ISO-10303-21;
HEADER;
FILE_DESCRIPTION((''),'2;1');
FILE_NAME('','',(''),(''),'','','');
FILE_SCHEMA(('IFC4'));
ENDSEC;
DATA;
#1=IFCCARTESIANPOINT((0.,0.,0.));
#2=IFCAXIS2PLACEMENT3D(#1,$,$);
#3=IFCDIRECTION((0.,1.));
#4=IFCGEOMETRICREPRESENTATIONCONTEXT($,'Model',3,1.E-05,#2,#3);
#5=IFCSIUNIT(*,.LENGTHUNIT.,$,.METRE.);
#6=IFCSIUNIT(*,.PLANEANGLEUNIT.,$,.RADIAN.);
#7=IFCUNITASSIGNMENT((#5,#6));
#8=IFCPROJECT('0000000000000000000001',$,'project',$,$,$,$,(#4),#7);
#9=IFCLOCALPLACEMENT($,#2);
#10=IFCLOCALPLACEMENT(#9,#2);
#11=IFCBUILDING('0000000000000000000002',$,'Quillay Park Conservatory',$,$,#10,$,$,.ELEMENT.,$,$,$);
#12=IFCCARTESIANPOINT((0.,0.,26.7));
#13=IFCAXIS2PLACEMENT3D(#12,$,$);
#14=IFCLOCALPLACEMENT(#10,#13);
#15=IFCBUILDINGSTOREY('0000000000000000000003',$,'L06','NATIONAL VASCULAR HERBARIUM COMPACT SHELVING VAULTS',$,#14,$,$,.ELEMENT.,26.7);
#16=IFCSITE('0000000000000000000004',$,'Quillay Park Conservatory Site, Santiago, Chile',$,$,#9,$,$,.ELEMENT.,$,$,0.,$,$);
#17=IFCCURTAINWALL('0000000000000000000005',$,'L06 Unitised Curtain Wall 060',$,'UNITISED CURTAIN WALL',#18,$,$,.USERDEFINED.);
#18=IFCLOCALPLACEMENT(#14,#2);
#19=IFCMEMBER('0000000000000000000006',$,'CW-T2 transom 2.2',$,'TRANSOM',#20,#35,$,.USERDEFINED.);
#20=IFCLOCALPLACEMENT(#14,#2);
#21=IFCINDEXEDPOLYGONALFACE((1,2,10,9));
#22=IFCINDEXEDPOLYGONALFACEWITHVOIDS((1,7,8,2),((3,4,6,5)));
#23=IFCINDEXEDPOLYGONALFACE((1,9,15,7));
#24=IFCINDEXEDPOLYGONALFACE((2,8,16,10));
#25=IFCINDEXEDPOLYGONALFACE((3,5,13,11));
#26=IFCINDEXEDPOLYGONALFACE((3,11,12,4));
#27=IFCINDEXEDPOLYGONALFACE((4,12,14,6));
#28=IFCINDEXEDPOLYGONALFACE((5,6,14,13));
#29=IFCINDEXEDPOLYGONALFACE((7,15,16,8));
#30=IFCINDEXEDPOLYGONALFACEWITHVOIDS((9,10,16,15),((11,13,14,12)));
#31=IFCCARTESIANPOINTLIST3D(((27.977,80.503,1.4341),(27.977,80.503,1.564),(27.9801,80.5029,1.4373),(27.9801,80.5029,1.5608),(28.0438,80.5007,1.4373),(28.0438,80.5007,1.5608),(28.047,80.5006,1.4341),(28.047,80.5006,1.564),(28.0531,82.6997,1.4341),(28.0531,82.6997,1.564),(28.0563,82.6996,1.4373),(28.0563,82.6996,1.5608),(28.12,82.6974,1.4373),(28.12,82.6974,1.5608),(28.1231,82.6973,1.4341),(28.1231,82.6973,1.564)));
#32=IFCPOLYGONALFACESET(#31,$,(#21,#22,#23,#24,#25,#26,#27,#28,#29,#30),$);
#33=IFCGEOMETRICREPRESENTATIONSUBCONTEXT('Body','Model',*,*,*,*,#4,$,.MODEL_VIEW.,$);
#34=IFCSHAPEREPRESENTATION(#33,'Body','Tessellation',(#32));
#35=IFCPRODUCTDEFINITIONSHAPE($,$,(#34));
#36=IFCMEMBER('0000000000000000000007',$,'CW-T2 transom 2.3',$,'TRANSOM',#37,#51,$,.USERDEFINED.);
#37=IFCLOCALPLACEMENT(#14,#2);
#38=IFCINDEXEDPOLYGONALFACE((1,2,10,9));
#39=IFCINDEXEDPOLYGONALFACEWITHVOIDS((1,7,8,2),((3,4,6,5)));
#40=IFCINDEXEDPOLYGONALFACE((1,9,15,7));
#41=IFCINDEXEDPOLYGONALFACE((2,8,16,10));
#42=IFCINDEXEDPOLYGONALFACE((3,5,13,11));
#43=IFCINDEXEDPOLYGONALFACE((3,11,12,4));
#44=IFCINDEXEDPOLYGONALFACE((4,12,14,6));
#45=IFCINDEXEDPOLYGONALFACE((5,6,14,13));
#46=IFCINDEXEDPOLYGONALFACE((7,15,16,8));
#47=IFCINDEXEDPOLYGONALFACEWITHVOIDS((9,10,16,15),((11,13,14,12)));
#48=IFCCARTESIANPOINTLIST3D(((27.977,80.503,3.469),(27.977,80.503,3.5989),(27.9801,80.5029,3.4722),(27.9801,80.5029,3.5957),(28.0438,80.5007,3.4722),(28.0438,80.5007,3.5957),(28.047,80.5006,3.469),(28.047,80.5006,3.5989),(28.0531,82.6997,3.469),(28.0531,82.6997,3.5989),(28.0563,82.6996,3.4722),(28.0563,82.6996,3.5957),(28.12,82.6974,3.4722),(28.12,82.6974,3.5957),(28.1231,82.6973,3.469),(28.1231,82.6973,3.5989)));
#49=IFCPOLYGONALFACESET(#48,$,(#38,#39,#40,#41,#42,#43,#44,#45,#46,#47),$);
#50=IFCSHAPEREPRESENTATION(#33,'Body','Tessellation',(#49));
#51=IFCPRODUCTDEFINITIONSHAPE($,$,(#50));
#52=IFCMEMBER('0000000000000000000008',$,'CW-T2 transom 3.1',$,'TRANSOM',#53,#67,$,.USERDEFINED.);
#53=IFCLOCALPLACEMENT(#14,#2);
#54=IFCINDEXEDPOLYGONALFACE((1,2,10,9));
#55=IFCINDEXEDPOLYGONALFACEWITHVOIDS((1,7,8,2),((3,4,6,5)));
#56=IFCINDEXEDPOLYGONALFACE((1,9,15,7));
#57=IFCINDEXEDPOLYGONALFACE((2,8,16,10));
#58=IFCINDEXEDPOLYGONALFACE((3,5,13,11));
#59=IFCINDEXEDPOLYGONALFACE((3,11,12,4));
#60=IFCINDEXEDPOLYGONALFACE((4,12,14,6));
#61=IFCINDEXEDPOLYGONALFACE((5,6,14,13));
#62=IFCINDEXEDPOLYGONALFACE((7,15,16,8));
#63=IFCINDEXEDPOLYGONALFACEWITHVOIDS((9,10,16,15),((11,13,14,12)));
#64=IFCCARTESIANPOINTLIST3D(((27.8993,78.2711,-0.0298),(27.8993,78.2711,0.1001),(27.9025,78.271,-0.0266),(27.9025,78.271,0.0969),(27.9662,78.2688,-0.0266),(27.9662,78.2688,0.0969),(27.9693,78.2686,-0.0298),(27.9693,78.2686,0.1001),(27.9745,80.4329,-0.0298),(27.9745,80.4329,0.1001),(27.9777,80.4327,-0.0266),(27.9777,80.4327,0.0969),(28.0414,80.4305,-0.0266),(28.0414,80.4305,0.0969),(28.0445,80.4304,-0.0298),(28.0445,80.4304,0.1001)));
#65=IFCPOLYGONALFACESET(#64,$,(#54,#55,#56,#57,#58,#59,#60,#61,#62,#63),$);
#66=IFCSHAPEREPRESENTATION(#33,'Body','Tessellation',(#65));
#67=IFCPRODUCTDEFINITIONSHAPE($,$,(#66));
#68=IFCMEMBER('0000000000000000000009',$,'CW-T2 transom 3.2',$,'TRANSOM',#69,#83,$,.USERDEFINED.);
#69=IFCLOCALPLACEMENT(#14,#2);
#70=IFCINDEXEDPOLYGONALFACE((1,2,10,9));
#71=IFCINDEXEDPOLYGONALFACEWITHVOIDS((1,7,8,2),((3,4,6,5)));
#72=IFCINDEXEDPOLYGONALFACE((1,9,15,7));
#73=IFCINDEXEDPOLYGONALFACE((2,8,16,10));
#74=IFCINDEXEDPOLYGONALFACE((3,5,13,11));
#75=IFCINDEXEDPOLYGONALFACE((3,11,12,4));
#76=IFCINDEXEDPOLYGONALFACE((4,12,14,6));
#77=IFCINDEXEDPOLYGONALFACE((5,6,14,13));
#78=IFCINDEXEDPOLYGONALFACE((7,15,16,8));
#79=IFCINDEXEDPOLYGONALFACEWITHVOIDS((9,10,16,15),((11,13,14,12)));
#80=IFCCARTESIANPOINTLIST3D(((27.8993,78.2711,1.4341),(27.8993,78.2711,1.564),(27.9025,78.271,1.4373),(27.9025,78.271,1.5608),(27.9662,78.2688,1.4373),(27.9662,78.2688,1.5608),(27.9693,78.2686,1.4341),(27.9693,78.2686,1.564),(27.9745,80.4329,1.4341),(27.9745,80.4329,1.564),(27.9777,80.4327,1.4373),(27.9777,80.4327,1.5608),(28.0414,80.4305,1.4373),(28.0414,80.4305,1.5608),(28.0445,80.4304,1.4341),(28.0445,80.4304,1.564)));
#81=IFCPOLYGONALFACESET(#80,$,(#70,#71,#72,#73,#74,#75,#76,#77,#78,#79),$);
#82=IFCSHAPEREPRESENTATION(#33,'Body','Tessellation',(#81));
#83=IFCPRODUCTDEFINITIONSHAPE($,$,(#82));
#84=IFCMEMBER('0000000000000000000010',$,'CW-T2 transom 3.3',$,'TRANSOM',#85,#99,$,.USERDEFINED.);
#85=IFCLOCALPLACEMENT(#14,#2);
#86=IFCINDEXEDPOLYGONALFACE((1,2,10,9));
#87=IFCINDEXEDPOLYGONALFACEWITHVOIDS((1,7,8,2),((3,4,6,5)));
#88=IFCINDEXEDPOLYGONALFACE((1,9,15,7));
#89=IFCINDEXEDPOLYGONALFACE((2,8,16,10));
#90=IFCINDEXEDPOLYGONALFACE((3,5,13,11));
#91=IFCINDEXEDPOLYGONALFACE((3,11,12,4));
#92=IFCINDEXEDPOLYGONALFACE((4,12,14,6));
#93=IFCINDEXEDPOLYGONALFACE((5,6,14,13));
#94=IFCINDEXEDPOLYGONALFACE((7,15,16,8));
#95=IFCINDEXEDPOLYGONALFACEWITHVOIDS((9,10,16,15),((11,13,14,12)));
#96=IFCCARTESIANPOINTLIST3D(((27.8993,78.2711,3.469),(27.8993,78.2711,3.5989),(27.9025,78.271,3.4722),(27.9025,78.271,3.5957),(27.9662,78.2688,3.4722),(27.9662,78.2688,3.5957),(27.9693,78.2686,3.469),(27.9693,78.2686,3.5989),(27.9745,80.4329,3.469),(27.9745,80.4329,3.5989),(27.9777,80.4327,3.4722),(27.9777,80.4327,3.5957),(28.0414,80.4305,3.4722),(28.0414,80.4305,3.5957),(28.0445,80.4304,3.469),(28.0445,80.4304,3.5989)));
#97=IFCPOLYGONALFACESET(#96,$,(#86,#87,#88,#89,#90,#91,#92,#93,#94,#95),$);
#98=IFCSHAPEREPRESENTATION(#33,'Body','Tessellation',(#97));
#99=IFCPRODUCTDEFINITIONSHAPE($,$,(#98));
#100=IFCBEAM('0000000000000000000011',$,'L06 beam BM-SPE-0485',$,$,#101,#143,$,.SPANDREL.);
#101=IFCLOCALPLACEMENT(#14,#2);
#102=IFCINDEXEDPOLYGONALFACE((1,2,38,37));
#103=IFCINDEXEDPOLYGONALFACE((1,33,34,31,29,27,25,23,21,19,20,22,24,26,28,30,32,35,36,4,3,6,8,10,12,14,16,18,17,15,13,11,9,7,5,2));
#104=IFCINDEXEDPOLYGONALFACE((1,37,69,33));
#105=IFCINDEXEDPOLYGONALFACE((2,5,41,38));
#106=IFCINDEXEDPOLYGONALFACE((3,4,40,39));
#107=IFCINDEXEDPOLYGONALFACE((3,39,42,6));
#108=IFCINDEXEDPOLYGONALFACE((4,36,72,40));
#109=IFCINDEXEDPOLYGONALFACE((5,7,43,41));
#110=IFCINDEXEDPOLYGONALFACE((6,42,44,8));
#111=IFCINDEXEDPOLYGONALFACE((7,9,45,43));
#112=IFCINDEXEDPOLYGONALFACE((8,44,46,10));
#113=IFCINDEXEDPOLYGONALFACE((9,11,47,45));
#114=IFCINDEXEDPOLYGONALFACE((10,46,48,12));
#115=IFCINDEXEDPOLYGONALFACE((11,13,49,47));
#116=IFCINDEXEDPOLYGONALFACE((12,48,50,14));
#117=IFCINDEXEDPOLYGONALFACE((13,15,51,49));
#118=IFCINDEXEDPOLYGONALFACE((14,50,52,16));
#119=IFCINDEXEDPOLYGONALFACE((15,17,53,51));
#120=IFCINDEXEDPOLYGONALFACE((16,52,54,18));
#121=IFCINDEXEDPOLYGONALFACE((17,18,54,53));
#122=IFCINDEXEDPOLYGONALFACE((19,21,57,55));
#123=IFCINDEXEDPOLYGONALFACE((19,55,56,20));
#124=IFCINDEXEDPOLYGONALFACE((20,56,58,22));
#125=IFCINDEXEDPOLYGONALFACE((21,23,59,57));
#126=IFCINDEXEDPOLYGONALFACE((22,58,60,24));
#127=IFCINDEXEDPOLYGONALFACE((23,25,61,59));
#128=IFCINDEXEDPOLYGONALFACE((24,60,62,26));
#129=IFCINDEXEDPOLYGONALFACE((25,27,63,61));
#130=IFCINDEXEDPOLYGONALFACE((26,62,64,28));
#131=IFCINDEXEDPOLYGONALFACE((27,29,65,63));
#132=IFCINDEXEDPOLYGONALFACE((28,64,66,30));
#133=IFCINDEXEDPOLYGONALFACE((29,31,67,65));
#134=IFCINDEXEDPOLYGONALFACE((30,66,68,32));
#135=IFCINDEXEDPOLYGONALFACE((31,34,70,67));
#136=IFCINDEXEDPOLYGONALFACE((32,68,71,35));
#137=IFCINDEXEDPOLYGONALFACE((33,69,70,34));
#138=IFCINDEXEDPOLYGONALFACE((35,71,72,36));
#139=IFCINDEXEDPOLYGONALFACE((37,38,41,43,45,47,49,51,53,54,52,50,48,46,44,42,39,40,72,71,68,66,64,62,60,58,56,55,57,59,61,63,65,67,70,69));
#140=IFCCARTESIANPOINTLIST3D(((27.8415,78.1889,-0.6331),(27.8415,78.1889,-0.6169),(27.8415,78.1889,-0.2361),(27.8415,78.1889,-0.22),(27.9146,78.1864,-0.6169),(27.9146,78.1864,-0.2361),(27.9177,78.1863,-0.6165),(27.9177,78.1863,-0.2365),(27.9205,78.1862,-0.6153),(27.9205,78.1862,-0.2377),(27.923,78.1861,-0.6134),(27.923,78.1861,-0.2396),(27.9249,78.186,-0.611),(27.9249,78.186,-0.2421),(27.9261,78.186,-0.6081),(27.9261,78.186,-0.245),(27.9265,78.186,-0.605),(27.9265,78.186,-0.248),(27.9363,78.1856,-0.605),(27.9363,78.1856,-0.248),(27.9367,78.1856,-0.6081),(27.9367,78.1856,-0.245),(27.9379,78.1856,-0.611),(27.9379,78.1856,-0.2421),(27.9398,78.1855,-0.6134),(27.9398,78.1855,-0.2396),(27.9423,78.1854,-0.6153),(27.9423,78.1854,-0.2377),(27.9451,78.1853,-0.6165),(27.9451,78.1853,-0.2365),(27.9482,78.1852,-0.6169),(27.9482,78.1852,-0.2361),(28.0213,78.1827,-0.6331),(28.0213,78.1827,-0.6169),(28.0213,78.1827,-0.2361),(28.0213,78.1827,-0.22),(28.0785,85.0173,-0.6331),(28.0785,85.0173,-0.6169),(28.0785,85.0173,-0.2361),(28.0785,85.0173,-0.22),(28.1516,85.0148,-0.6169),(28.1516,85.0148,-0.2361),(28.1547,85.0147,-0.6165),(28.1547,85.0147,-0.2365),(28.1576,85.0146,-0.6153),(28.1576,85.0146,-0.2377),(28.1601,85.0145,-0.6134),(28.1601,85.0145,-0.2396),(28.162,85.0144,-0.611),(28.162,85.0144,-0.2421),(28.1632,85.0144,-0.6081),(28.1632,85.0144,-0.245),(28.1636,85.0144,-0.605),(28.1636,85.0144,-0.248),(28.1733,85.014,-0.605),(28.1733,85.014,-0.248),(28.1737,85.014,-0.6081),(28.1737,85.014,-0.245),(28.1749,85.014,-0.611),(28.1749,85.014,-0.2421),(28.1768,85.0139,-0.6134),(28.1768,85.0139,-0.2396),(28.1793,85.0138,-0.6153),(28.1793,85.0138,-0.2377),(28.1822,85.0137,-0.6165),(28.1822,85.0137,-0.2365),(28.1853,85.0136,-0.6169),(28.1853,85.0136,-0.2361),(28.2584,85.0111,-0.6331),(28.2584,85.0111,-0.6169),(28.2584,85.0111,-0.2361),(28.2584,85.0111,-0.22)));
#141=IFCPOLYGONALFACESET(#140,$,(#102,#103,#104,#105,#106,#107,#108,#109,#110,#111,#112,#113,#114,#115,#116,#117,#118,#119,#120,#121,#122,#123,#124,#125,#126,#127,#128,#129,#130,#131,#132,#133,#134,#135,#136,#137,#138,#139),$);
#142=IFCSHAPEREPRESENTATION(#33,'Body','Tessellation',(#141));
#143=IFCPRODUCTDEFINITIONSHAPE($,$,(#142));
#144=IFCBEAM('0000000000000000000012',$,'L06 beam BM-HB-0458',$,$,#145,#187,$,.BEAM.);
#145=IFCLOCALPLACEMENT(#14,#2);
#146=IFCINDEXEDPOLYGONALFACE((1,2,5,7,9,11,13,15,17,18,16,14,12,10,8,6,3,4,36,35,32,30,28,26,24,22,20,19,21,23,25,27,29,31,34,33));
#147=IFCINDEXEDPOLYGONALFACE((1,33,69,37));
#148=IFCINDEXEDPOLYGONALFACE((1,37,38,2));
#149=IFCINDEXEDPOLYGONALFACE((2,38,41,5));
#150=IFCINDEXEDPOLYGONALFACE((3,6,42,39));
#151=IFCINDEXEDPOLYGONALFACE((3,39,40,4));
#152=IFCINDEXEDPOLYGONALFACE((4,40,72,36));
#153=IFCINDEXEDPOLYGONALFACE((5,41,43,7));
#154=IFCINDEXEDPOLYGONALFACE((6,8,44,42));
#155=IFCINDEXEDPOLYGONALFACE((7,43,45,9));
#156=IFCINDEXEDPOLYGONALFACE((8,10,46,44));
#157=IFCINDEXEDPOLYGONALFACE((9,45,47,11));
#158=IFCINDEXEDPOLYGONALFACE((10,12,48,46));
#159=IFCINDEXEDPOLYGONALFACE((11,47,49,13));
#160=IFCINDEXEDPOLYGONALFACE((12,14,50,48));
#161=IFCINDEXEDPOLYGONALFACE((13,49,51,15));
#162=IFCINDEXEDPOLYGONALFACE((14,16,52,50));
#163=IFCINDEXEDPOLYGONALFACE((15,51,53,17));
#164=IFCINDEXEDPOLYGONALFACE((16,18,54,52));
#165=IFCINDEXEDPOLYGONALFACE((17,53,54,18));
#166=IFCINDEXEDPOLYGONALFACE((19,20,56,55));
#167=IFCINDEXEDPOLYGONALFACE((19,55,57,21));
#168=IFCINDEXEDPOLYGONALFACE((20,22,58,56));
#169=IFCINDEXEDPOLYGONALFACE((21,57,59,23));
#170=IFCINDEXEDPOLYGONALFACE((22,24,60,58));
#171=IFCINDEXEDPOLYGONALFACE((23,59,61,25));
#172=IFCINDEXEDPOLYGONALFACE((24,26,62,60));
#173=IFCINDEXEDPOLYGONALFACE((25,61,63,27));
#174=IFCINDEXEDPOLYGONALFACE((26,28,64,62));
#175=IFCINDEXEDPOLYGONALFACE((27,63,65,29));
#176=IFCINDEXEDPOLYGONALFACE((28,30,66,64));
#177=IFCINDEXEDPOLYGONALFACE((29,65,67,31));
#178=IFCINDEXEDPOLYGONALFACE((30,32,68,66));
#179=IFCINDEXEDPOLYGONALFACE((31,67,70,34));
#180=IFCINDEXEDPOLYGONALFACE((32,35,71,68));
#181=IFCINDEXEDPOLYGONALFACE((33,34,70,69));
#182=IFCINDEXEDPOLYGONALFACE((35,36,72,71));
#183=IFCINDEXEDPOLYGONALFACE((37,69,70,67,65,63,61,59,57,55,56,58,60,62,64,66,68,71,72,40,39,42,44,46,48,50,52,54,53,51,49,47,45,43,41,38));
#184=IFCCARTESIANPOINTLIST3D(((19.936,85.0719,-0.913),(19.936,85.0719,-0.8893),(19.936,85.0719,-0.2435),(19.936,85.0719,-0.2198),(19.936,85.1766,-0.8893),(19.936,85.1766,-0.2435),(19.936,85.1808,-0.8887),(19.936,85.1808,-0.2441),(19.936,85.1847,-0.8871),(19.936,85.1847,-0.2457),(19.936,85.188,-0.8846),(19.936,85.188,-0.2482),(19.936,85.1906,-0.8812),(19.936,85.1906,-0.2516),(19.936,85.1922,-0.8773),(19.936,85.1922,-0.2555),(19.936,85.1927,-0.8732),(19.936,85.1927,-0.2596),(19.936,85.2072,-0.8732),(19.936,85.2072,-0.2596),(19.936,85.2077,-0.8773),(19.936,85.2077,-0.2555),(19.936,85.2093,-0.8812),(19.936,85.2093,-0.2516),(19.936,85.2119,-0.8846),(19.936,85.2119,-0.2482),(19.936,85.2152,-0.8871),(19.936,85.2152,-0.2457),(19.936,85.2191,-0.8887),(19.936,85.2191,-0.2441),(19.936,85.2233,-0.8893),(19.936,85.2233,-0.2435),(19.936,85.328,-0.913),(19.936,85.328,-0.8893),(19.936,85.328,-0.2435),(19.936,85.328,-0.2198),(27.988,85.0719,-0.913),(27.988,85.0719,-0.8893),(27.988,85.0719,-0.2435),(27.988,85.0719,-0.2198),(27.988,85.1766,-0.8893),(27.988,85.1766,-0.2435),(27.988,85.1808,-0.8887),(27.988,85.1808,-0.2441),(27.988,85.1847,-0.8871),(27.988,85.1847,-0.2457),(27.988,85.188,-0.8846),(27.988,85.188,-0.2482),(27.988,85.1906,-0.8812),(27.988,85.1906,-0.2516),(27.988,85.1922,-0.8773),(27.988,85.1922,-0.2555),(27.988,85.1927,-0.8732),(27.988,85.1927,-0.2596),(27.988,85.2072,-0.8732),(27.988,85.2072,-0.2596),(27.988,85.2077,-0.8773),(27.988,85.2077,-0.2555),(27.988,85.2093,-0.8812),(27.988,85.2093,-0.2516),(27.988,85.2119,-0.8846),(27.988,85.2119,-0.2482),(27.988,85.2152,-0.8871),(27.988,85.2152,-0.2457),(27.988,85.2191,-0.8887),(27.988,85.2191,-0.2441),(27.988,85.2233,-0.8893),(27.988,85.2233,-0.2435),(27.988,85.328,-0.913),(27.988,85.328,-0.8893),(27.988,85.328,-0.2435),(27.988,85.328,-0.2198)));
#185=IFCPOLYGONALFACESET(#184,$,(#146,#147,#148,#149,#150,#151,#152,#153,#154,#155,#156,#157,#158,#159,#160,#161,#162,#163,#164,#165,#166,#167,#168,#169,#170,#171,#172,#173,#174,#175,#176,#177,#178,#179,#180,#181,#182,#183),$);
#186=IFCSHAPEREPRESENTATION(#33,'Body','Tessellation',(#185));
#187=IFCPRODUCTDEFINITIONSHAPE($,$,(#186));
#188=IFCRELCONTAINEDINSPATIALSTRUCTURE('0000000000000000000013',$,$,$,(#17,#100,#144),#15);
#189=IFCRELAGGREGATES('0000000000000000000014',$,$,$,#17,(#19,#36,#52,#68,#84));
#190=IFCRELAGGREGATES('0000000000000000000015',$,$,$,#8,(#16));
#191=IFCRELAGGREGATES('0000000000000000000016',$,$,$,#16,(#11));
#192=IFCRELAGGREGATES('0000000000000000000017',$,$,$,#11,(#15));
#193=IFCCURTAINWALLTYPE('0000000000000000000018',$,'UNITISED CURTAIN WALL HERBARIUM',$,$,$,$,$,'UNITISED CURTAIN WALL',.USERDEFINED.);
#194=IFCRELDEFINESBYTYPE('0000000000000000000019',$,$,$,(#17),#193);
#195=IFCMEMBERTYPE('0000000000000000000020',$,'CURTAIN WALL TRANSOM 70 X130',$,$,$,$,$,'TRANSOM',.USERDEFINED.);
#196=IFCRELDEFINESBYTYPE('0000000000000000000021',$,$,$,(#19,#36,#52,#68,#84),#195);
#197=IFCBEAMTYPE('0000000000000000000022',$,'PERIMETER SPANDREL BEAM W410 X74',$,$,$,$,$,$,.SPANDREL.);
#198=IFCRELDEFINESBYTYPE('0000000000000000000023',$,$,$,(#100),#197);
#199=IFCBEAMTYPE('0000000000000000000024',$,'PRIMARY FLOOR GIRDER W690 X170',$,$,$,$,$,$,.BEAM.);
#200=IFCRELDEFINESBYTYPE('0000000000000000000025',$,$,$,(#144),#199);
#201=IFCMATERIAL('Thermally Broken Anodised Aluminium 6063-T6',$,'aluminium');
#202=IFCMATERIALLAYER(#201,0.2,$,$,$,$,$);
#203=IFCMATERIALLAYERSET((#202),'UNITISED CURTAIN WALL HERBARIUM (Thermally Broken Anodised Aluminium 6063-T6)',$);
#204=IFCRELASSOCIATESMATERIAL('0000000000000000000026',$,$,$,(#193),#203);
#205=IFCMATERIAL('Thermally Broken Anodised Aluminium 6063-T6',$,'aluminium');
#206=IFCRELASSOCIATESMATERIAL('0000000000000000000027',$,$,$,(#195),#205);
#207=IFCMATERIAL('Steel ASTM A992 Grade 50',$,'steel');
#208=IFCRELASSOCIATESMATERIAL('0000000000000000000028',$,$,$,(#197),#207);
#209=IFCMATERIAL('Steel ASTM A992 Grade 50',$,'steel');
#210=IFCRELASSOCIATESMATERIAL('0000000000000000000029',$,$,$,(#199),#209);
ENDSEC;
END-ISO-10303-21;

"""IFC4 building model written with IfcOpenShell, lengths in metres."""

from ifc_helpers import new_model, si_unit, direction, frame, origin, origin_2d, place, context, subcontext, project, spatial, hollow_rectangle, i_section, extrude, material, layer, layer_set, material_profile, profile_set, type_object, element, aggregate, save


model = new_model("IFC4")

# Units and contexts
model_context = context("Model", 3, precision=1e-05, world=origin(), true_north=direction((0.0, 1.0)))
body_context = subcontext(model_context, "Body", "Model", "MODEL_VIEW")
ifc_project = project(units=[si_unit("LENGTHUNIT", "METRE"), si_unit("PLANEANGLEUNIT", "RADIAN")], contexts=[model_context])

# Site, building, storey
site_placement = place(None, origin())
site = spatial("IfcSite", under=ifc_project, at=site_placement, Name="Quillay Park Conservatory Site, Santiago, Chile", CompositionType="ELEMENT", RefElevation=0.0)
building_placement = place(site_placement, origin())
building = spatial("IfcBuilding", under=site, at=building_placement, Name="Quillay Park Conservatory", CompositionType="ELEMENT")
storey_placement = place(building_placement, frame((0.0, 0.0, 26.7)))
storey = spatial("IfcBuildingStorey", under=building, at=storey_placement, Name="L06", Description="NATIONAL VASCULAR HERBARIUM COMPACT SHELVING VAULTS", CompositionType="ELEMENT", Elevation=26.7)

# Curtain wall, members
ifc_material_1 = material(Name="Thermally Broken Anodised Aluminium 6063-T6", Category="aluminium")
ifc_layer_1 = layer(ifc_material_1, 0.2)
ifc_layer_set_1 = layer_set([ifc_layer_1], Name="UNITISED CURTAIN WALL HERBARIUM (Thermally Broken Anodised Aluminium 6063-T6)")
curtain_wall_type = type_object("IfcCurtainWallType", Name="UNITISED CURTAIN WALL HERBARIUM", ElementType="UNITISED CURTAIN WALL", PredefinedType="USERDEFINED", material=ifc_layer_set_1)
curtain_wall_placement = place(storey_placement, origin())
curtain_wall = element("IfcCurtainWall", 1, at=curtain_wall_placement, inside=storey, type_object=curtain_wall_type, Name="L06 Unitised Curtain Wall 060", ObjectType="UNITISED CURTAIN WALL", PredefinedType="USERDEFINED")
ifc_material_2 = material(Name="Thermally Broken Anodised Aluminium 6063-T6", Category="aluminium")
ifc_material_profile_1 = material_profile(ifc_material_2, hollow_rectangle(XDim=0.0701, YDim=0.1299, WallThickness=0.0032, at=origin_2d()), Name="AL70x130x3.2")
ifc_profile_set_1 = profile_set([ifc_material_profile_1], Name="Thermally Broken Anodised Aluminium 6063-T6")
member_type_1 = type_object("IfcMemberType", Name="CURTAIN WALL TRANSOM 70 X130", ElementType="TRANSOM", PredefinedType="USERDEFINED", material=ifc_profile_set_1)
member_1_placement = place(storey_placement, frame((28.0881, 82.6985, 1.499), z_axis=(-0.034654, -0.999399, 0.0), x_axis=(0.999399, -0.034654, 0.0)))
member_1 = element("IfcMember", 2, at=member_1_placement, type_object=member_type_1, Name="CW-T2 transom 2.2", ObjectType="TRANSOM", PredefinedType="USERDEFINED", context=body_context, shape_type="SweptSolid", body=[
    extrude(hollow_rectangle(XDim=0.0701, YDim=0.1299, WallThickness=0.0032, at=origin_2d()), origin(), (0.0, 0.0, 1.0), 2.198),
])
member_2_placement = place(storey_placement, frame((28.0881, 82.6985, 3.5339), z_axis=(-0.034654, -0.999399, 0.0), x_axis=(0.999399, -0.034654, 0.0)))
member_2 = element("IfcMember", 3, at=member_2_placement, type_object=member_type_1, Name="CW-T2 transom 2.3", ObjectType="TRANSOM", PredefinedType="USERDEFINED", context=body_context, shape_type="SweptSolid", body=[
    extrude(hollow_rectangle(XDim=0.0701, YDim=0.1299, WallThickness=0.0032, at=origin_2d()), origin(), (0.0, 0.0, 1.0), 2.198),
])
member_3_placement = place(storey_placement, frame((28.0095, 80.4316, 0.0352), z_axis=(-0.034762, -0.999396, 0.0), x_axis=(0.999396, -0.034762, 0.0)))
member_3 = element("IfcMember", 4, at=member_3_placement, type_object=member_type_1, Name="CW-T2 transom 3.1", ObjectType="TRANSOM", PredefinedType="USERDEFINED", context=body_context, shape_type="SweptSolid", body=[
    extrude(hollow_rectangle(XDim=0.0701, YDim=0.1299, WallThickness=0.0032, at=origin_2d()), origin(), (0.0, 0.0, 1.0), 2.1631),
])
member_4_placement = place(storey_placement, frame((28.0095, 80.4316, 1.499), z_axis=(-0.034762, -0.999396, 0.0), x_axis=(0.999396, -0.034762, 0.0)))
member_4 = element("IfcMember", 5, at=member_4_placement, type_object=member_type_1, Name="CW-T2 transom 3.2", ObjectType="TRANSOM", PredefinedType="USERDEFINED", context=body_context, shape_type="SweptSolid", body=[
    extrude(hollow_rectangle(XDim=0.0701, YDim=0.1299, WallThickness=0.0032, at=origin_2d()), origin(), (0.0, 0.0, 1.0), 2.1631),
])
member_5_placement = place(storey_placement, frame((28.0095, 80.4316, 3.5339), z_axis=(-0.034762, -0.999396, 0.0), x_axis=(0.999396, -0.034762, 0.0)))
member_5 = element("IfcMember", 6, at=member_5_placement, type_object=member_type_1, Name="CW-T2 transom 3.3", ObjectType="TRANSOM", PredefinedType="USERDEFINED", context=body_context, shape_type="SweptSolid", body=[
    extrude(hollow_rectangle(XDim=0.0701, YDim=0.1299, WallThickness=0.0032, at=origin_2d()), origin(), (0.0, 0.0, 1.0), 2.1631),
])

# Beams
ifc_material_3 = material(Name="Steel ASTM A992 Grade 50", Category="steel")
ifc_material_profile_2 = material_profile(ifc_material_3, i_section(OverallWidth=0.1799, OverallDepth=0.4131, WebThickness=0.0098, FlangeThickness=0.0161, FilletRadius=0.012, at=origin_2d()), Name="W410x74")
ifc_profile_set_2 = profile_set([ifc_material_profile_2], Name="Steel ASTM A992 Grade 50")
beam_type_1 = type_object("IfcBeamType", Name="PERIMETER SPANDREL BEAM W410 X74", PredefinedType="SPANDREL", material=ifc_profile_set_2)
beam_1_placement = place(storey_placement, frame((27.9314, 78.1858, -0.4265), z_axis=(0.034696, 0.999398, 0.0), x_axis=(-0.999398, 0.034696, 0.0)))
element("IfcBeam", 7, at=beam_1_placement, inside=storey, type_object=beam_type_1, Name="L06 beam BM-SPE-0485", PredefinedType="SPANDREL", context=body_context, shape_type="SweptSolid", body=[
    extrude(i_section(OverallWidth=0.1799, OverallDepth=0.4131, WebThickness=0.0098, FlangeThickness=0.0161, FilletRadius=0.012, at=origin_2d()), origin(), (0.0, 0.0, 1.0), 6.8325),
])
ifc_material_4 = material(Name="Steel ASTM A992 Grade 50", Category="steel")
ifc_material_profile_3 = material_profile(ifc_material_4, i_section(OverallWidth=0.2561, OverallDepth=0.6931, WebThickness=0.0144, FlangeThickness=0.0237, FilletRadius=0.0161, at=origin_2d()), Name="W690x170")
ifc_profile_set_3 = profile_set([ifc_material_profile_3], Name="Steel ASTM A992 Grade 50")
beam_type_2 = type_object("IfcBeamType", Name="PRIMARY FLOOR GIRDER W690 X170", PredefinedType="BEAM", material=ifc_profile_set_3)
beam_2_placement = place(storey_placement, frame((19.936, 85.2, -0.5664), z_axis=(1.0, 0.0, 0.0), x_axis=(0.0, 1.0, 0.0)))
element("IfcBeam", 8, at=beam_2_placement, inside=storey, type_object=beam_type_2, Name="L06 beam BM-HB-0458", PredefinedType="BEAM", context=body_context, shape_type="SweptSolid", body=[
    extrude(i_section(OverallWidth=0.2561, OverallDepth=0.6931, WebThickness=0.0144, FlangeThickness=0.0237, FilletRadius=0.0161, at=origin_2d()), origin(), (0.0, 0.0, 1.0), 8.052),
])

aggregate(curtain_wall, [member_1, member_2, member_3, member_4, member_5])

save(model, "model.ifc")
